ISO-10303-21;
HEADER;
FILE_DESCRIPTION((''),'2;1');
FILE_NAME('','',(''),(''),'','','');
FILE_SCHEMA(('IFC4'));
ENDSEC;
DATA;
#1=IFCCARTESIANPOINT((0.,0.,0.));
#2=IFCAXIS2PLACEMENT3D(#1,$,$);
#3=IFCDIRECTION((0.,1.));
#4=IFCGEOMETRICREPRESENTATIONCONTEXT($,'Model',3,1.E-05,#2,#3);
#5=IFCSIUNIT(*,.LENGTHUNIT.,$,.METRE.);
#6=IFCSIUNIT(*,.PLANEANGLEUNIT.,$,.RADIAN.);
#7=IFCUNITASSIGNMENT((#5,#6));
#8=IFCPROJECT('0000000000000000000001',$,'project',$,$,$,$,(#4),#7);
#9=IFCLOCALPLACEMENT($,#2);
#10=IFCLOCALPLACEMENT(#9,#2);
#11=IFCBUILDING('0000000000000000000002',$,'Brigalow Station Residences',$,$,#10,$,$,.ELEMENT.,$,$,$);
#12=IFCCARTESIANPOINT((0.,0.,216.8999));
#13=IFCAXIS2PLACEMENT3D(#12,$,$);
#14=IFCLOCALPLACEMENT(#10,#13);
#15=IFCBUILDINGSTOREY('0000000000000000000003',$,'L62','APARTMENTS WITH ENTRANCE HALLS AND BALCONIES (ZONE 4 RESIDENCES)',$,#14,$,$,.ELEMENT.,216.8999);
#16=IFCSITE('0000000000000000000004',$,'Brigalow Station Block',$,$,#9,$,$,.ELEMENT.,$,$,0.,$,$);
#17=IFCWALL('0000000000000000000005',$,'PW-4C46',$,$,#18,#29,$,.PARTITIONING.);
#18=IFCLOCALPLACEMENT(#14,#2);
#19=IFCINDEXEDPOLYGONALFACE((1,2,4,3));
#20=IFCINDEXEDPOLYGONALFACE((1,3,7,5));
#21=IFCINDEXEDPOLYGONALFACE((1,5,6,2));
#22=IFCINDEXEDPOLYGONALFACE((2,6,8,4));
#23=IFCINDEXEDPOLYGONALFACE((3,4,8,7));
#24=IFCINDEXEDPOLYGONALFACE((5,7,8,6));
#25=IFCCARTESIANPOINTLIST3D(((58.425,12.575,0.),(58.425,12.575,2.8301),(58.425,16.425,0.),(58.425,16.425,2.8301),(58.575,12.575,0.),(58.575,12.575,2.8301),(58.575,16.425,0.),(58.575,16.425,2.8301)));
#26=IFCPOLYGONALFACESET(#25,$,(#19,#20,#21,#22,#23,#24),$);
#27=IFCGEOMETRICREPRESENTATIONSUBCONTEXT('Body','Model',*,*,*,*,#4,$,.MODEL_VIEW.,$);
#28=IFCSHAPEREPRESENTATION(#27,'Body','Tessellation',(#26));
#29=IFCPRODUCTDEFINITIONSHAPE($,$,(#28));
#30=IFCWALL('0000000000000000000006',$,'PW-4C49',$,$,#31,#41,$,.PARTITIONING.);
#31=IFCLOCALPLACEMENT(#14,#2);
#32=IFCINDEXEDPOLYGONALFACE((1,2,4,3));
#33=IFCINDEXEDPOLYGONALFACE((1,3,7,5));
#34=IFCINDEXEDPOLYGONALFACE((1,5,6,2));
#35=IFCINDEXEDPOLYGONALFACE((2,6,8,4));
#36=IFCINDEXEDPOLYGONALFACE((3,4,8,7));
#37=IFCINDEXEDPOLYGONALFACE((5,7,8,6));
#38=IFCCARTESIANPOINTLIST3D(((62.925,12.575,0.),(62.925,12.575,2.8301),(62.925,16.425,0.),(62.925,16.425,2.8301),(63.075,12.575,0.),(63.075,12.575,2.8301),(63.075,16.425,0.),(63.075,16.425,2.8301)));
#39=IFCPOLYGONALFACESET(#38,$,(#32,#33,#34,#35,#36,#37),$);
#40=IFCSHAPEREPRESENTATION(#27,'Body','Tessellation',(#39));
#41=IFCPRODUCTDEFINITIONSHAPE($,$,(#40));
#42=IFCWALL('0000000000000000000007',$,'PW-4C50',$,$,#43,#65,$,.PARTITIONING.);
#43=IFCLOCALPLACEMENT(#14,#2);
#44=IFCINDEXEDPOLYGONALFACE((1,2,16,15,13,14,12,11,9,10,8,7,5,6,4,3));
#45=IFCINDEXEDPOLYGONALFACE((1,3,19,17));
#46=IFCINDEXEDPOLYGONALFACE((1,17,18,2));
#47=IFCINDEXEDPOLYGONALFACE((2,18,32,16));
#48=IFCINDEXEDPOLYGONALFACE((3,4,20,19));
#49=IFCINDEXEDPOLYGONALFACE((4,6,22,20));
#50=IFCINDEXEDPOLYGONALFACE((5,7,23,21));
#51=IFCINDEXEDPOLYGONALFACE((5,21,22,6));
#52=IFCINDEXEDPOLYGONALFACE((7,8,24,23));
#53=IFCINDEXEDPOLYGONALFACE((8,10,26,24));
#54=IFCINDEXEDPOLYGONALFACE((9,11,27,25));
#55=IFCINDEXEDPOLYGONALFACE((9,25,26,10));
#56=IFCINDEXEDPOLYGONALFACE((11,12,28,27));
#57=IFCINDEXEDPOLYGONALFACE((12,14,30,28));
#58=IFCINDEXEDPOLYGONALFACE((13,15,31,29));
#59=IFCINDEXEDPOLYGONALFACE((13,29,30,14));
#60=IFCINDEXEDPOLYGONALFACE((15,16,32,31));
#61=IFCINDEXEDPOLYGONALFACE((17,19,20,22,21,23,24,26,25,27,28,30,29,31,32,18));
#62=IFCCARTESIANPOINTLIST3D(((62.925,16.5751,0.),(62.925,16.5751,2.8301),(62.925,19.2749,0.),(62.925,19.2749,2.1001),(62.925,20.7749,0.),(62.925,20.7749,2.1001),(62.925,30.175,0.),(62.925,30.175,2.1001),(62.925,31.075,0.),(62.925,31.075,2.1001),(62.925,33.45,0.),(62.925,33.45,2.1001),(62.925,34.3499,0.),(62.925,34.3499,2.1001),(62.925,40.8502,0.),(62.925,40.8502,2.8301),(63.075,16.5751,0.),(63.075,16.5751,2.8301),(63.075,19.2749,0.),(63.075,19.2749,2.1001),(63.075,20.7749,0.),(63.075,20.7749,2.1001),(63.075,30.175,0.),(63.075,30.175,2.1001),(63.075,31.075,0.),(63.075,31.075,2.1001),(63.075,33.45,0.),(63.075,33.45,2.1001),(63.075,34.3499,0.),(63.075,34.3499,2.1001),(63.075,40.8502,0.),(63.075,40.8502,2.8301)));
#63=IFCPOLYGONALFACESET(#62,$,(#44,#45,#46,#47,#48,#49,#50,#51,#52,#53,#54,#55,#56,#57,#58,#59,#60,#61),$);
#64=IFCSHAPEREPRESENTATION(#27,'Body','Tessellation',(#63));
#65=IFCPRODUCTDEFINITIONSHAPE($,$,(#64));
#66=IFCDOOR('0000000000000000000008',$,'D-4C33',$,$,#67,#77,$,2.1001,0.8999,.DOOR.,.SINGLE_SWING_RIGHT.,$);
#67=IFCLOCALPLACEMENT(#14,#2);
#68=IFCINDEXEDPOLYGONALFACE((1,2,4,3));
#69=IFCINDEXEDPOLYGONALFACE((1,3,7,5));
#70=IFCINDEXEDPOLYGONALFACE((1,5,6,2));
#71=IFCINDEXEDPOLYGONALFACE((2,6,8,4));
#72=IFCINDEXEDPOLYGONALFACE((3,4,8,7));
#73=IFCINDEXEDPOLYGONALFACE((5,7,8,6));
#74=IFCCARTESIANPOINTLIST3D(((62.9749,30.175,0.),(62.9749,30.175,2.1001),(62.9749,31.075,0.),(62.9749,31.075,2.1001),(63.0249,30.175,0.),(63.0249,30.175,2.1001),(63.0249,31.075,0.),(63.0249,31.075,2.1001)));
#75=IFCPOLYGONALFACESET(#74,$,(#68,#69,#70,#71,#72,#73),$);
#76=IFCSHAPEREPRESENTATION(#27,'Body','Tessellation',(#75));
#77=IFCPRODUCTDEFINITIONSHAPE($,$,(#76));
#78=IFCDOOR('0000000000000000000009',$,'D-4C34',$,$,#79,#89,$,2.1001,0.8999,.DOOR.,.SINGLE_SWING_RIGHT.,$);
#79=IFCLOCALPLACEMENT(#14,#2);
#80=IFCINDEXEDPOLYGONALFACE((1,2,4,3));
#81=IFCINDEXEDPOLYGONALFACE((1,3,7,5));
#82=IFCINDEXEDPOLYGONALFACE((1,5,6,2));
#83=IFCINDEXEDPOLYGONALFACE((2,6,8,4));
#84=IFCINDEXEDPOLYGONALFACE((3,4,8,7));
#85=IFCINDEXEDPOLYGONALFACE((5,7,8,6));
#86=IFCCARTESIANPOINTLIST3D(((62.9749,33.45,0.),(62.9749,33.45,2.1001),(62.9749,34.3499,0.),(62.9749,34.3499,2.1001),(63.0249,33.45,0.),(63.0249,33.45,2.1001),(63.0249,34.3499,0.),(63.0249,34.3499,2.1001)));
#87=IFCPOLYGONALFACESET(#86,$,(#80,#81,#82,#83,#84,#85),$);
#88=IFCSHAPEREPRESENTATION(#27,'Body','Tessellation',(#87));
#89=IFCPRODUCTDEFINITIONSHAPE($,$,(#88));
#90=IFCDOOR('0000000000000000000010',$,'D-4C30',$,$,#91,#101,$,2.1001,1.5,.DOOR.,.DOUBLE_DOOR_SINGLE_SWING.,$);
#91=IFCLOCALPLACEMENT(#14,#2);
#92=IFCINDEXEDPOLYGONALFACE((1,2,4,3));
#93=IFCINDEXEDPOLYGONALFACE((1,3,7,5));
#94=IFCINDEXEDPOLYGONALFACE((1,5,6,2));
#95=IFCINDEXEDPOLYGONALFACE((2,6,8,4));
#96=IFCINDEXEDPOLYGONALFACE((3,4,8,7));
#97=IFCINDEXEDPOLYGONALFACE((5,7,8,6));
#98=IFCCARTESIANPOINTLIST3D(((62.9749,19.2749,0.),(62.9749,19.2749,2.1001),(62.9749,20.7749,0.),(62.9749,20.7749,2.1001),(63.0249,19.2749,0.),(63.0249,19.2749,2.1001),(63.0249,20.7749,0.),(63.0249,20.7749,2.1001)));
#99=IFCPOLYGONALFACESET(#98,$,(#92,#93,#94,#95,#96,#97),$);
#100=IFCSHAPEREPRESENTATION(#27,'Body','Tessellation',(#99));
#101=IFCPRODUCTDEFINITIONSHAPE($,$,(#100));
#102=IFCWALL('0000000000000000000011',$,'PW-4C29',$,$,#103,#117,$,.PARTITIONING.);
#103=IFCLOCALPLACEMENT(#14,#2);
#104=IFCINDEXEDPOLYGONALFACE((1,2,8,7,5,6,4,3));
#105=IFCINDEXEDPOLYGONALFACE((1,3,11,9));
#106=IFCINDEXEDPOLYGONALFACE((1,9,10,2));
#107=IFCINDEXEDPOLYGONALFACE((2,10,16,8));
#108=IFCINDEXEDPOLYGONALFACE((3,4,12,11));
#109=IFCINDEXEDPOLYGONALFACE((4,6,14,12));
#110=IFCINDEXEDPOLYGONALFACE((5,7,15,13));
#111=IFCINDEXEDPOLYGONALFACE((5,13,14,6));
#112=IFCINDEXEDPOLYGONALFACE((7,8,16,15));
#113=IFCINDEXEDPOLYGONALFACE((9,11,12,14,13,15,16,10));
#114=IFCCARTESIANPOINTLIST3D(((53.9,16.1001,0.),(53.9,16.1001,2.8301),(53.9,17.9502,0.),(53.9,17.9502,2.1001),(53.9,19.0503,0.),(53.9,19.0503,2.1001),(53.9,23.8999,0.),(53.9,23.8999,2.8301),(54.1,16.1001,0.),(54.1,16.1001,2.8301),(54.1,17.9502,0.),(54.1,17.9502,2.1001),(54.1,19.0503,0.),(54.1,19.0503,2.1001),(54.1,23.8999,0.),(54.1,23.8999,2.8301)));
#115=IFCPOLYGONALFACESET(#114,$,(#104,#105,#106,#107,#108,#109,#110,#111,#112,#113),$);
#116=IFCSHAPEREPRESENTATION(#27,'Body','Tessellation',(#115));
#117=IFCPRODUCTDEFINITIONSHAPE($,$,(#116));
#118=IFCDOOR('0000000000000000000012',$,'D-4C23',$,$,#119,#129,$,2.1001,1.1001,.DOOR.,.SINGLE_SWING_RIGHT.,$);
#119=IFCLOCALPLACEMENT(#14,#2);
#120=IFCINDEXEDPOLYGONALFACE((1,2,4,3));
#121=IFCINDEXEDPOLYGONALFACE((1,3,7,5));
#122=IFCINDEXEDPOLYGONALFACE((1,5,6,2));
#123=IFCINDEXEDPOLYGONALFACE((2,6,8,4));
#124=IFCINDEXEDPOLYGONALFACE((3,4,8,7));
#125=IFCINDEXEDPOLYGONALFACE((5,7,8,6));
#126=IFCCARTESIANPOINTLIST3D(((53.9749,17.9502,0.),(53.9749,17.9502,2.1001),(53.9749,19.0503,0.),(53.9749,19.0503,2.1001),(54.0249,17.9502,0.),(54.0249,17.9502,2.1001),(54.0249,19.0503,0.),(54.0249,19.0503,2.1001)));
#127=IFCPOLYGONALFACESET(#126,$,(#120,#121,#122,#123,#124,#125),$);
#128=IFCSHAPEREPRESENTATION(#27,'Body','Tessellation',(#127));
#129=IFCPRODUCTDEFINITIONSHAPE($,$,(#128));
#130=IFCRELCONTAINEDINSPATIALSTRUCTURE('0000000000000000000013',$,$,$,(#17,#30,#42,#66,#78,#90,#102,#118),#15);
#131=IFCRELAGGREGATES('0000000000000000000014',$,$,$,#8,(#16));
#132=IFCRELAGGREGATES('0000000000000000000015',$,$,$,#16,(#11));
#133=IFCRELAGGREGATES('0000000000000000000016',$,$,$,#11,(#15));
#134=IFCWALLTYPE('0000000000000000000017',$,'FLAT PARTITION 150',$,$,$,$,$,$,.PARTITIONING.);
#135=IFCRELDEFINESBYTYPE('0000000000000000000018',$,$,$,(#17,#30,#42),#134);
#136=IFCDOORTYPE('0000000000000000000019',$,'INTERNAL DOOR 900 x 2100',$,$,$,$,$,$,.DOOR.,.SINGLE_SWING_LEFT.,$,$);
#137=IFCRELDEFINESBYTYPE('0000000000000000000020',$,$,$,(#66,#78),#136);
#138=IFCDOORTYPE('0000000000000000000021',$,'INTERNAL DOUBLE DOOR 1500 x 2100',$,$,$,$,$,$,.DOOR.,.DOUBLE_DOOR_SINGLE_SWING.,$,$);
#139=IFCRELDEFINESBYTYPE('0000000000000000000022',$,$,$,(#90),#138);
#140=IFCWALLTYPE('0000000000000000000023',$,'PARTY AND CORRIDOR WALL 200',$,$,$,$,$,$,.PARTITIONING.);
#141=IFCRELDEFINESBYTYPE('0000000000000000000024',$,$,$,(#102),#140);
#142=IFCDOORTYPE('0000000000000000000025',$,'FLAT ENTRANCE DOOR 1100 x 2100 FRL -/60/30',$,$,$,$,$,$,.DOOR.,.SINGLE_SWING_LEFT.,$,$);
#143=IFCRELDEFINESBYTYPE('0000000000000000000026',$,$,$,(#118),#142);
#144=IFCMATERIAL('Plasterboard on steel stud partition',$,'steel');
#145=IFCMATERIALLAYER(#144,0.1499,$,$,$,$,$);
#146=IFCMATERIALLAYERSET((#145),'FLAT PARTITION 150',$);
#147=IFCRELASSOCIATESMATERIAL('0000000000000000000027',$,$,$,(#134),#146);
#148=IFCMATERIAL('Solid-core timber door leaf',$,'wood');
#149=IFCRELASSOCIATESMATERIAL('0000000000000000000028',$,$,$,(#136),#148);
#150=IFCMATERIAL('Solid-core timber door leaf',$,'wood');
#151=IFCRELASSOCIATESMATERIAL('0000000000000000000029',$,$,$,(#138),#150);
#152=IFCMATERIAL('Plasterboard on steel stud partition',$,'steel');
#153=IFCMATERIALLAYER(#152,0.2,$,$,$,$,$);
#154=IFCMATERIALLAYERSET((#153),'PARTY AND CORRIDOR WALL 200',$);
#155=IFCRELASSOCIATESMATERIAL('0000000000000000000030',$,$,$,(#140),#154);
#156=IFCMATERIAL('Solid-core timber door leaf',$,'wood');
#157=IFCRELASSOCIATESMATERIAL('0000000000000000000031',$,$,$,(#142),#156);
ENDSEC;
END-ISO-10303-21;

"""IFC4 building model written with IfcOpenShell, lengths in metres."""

from ifc_helpers import new_model, si_unit, direction, frame, frame_2d, origin, place, context, subcontext, project, spatial, rectangle, extrude, material, layer, layer_set, type_object, element, fill, save


model = new_model("IFC4")

# Units and contexts
model_context = context("Model", 3, precision=1e-05, world=origin(), true_north=direction((0.0, 1.0)))
body_context = subcontext(model_context, "Body", "Model", "MODEL_VIEW")
ifc_project = project(units=[si_unit("LENGTHUNIT", "METRE"), si_unit("PLANEANGLEUNIT", "RADIAN")], contexts=[model_context])

# Site, building, storey
site_placement = place(None, origin())
site = spatial("IfcSite", under=ifc_project, at=site_placement, Name="Brigalow Station Block", CompositionType="ELEMENT", RefElevation=0.0)
building_placement = place(site_placement, origin())
building = spatial("IfcBuilding", under=site, at=building_placement, Name="Brigalow Station Residences", CompositionType="ELEMENT")
storey_placement = place(building_placement, frame((0.0, 0.0, 216.8999)))
storey = spatial("IfcBuildingStorey", under=building, at=storey_placement, Name="L62", Description="APARTMENTS WITH ENTRANCE HALLS AND BALCONIES (ZONE 4 RESIDENCES)", CompositionType="ELEMENT", Elevation=216.8999)

# Shared definitions
ifc_material_1 = material(Name="Plasterboard on steel stud partition", Category="steel")
ifc_layer_1 = layer(ifc_material_1, 0.1499)
ifc_layer_set_1 = layer_set([ifc_layer_1], Name="FLAT PARTITION 150")
wall_type_1 = type_object("IfcWallType", Name="FLAT PARTITION 150", PredefinedType="PARTITIONING", material=ifc_layer_set_1)
ifc_material_2 = material(Name="Solid-core timber door leaf", Category="wood")
door_type_1 = type_object("IfcDoorType", Name="INTERNAL DOOR 900 x 2100", OperationType="SINGLE_SWING_LEFT", PredefinedType="DOOR", material=ifc_material_2)
ifc_material_3 = material(Name="Solid-core timber door leaf", Category="wood")
door_type_2 = type_object("IfcDoorType", Name="INTERNAL DOUBLE DOOR 1500 x 2100", OperationType="DOUBLE_DOOR_SINGLE_SWING", PredefinedType="DOOR", material=ifc_material_3)

# Walls
for number, where, z_axis, x_axis, name in (
    (1, (58.5, 12.575, 0.0), (0.0, 0.0, 1.0), (0.0, 1.0, 0.0), "PW-4C46"),
    (2, (63.0, 12.575, 0.0), (0.0, 0.0, 1.0), (0.0, 1.0, 0.0), "PW-4C49"),
):
    element("IfcWall", number, at=place(storey_placement, frame(where, z_axis=z_axis, x_axis=x_axis)), inside=storey, type_object=wall_type_1, Name=name, PredefinedType="PARTITIONING", context=body_context, shape_type="SweptSolid", body=[
        extrude(rectangle(XDim=3.8501, YDim=0.1499, at=frame_2d((1.925, 0.0))), origin(), (0.0, 0.0, 1.0), 2.8301),
    ])

# Wall, openings, doors
wall_1_placement = place(storey_placement, frame((63.0, 16.575, 0.0), z_axis=(0.0, 0.0, 1.0), x_axis=(0.0, 1.0, 0.0)))
wall_1 = element("IfcWall", 3, at=wall_1_placement, inside=storey, type_object=wall_type_1, Name="PW-4C50", PredefinedType="PARTITIONING", context=body_context, shape_type="SweptSolid", body=[
    extrude(rectangle(XDim=24.2751, YDim=0.1499, at=frame_2d((12.1377, 0.0))), origin(), (0.0, 0.0, 1.0), 2.8301),
])
opening_1_placement = place(wall_1_placement, frame((2.7, 0.0, 0.0)))
opening_1 = element("IfcOpeningElement", 4, at=opening_1_placement, cuts=wall_1, PredefinedType="OPENING", context=body_context, shape_type="SweptSolid", body=[
    extrude(rectangle(XDim=1.5, YDim=2.1001, at=frame_2d((0.75, 1.05))), frame((0.0, 0.085, 0.0), z_axis=(0.0, -1.0, 0.0), x_axis=(1.0, 0.0, 0.0)), (0.0, 0.0, 1.0), 0.1699),
])
opening_2_placement = place(wall_1_placement, frame((13.6001, 0.0, 0.0)))
opening_2 = element("IfcOpeningElement", 5, at=opening_2_placement, cuts=wall_1, PredefinedType="OPENING", context=body_context, shape_type="SweptSolid", body=[
    extrude(rectangle(XDim=0.8999, YDim=2.1001, at=frame_2d((0.45, 1.05))), frame((0.0, 0.085, 0.0), z_axis=(0.0, -1.0, 0.0), x_axis=(1.0, 0.0, 0.0)), (0.0, 0.0, 1.0), 0.1699),
])
opening_3_placement = place(wall_1_placement, frame((16.875, 0.0, 0.0)))
opening_3 = element("IfcOpeningElement", 6, at=opening_3_placement, cuts=wall_1, PredefinedType="OPENING", context=body_context, shape_type="SweptSolid", body=[
    extrude(rectangle(XDim=0.8999, YDim=2.1001, at=frame_2d((0.45, 1.05))), frame((0.0, 0.085, 0.0), z_axis=(0.0, -1.0, 0.0), x_axis=(1.0, 0.0, 0.0)), (0.0, 0.0, 1.0), 0.1699),
])
door_1_placement = place(opening_2_placement, frame((0.8999, 0.0, 0.0), z_axis=(0.0, 0.0, 1.0), x_axis=(-1.0, 0.0, 0.0)))
door_1 = element("IfcDoor", 7, at=door_1_placement, inside=storey, type_object=door_type_1, Name="D-4C33", OperationType="SINGLE_SWING_RIGHT", OverallHeight=2.1001, OverallWidth=0.8999, PredefinedType="DOOR", context=body_context, shape_type="SweptSolid", body=[
    extrude(rectangle(XDim=0.8999, YDim=2.1001, at=frame_2d((0.45, 1.05))), frame((0.0, 0.0249, 0.0), z_axis=(0.0, -1.0, 0.0), x_axis=(1.0, 0.0, 0.0)), (0.0, 0.0, 1.0), 0.05),
])
fill(opening_2, door_1)
door_2_placement = place(opening_3_placement, frame((0.8999, 0.0, 0.0), z_axis=(0.0, 0.0, 1.0), x_axis=(-1.0, 0.0, 0.0)))
door_2 = element("IfcDoor", 8, at=door_2_placement, inside=storey, type_object=door_type_1, Name="D-4C34", OperationType="SINGLE_SWING_RIGHT", OverallHeight=2.1001, OverallWidth=0.8999, PredefinedType="DOOR", context=body_context, shape_type="SweptSolid", body=[
    extrude(rectangle(XDim=0.8999, YDim=2.1001, at=frame_2d((0.45, 1.05))), frame((0.0, 0.0249, 0.0), z_axis=(0.0, -1.0, 0.0), x_axis=(1.0, 0.0, 0.0)), (0.0, 0.0, 1.0), 0.05),
])
fill(opening_3, door_2)
door_3_placement = place(opening_1_placement, frame((1.5, 0.0, 0.0), z_axis=(0.0, 0.0, 1.0), x_axis=(-1.0, 0.0, 0.0)))
door_3 = element("IfcDoor", 9, at=door_3_placement, inside=storey, type_object=door_type_2, Name="D-4C30", OperationType="DOUBLE_DOOR_SINGLE_SWING", OverallHeight=2.1001, OverallWidth=1.5, PredefinedType="DOOR", context=body_context, shape_type="SweptSolid", body=[
    extrude(rectangle(XDim=1.5, YDim=2.1001, at=frame_2d((0.75, 1.05))), frame((0.0, 0.0249, 0.0), z_axis=(0.0, -1.0, 0.0), x_axis=(1.0, 0.0, 0.0)), (0.0, 0.0, 1.0), 0.05),
])
fill(opening_1, door_3)

# Wall, opening, door
ifc_material_4 = material(Name="Plasterboard on steel stud partition", Category="steel")
ifc_layer_2 = layer(ifc_material_4, 0.2)
ifc_layer_set_2 = layer_set([ifc_layer_2], Name="PARTY AND CORRIDOR WALL 200")
wall_type_2 = type_object("IfcWallType", Name="PARTY AND CORRIDOR WALL 200", PredefinedType="PARTITIONING", material=ifc_layer_set_2)
wall_2_placement = place(storey_placement, frame((54.0, 16.1001, 0.0), z_axis=(0.0, 0.0, 1.0), x_axis=(0.0, 1.0, 0.0)))
wall_2 = element("IfcWall", 10, at=wall_2_placement, inside=storey, type_object=wall_type_2, Name="PW-4C29", PredefinedType="PARTITIONING", context=body_context, shape_type="SweptSolid", body=[
    extrude(rectangle(XDim=7.7998, YDim=0.2, at=frame_2d((3.8999, 0.0))), origin(), (0.0, 0.0, 1.0), 2.8301),
])
opening_4_placement = place(wall_2_placement, frame((1.8501, 0.0, 0.0)))
opening_4 = element("IfcOpeningElement", 11, at=opening_4_placement, cuts=wall_2, PredefinedType="OPENING", context=body_context, shape_type="SweptSolid", body=[
    extrude(rectangle(XDim=1.1001, YDim=2.1001, at=frame_2d((0.55, 1.05))), frame((0.0, 0.1099, 0.0), z_axis=(0.0, -1.0, 0.0), x_axis=(1.0, 0.0, 0.0)), (0.0, 0.0, 1.0), 0.22),
])
ifc_material_5 = material(Name="Solid-core timber door leaf", Category="wood")
door_type_3 = type_object("IfcDoorType", Name="FLAT ENTRANCE DOOR 1100 x 2100 FRL -/60/30", OperationType="SINGLE_SWING_LEFT", PredefinedType="DOOR", material=ifc_material_5)
door_4_placement = place(opening_4_placement, frame((1.1001, 0.0, 0.0), z_axis=(0.0, 0.0, 1.0), x_axis=(-1.0, 0.0, 0.0)))
door_4 = element("IfcDoor", 12, at=door_4_placement, inside=storey, type_object=door_type_3, Name="D-4C23", OperationType="SINGLE_SWING_RIGHT", OverallHeight=2.1001, OverallWidth=1.1001, PredefinedType="DOOR", context=body_context, shape_type="SweptSolid", body=[
    extrude(rectangle(XDim=1.1001, YDim=2.1001, at=frame_2d((0.55, 1.05))), frame((0.0, 0.0249, 0.0), z_axis=(0.0, -1.0, 0.0), x_axis=(1.0, 0.0, 0.0)), (0.0, 0.0, 1.0), 0.05),
])
fill(opening_4, door_4)

save(model, "model.ifc")
